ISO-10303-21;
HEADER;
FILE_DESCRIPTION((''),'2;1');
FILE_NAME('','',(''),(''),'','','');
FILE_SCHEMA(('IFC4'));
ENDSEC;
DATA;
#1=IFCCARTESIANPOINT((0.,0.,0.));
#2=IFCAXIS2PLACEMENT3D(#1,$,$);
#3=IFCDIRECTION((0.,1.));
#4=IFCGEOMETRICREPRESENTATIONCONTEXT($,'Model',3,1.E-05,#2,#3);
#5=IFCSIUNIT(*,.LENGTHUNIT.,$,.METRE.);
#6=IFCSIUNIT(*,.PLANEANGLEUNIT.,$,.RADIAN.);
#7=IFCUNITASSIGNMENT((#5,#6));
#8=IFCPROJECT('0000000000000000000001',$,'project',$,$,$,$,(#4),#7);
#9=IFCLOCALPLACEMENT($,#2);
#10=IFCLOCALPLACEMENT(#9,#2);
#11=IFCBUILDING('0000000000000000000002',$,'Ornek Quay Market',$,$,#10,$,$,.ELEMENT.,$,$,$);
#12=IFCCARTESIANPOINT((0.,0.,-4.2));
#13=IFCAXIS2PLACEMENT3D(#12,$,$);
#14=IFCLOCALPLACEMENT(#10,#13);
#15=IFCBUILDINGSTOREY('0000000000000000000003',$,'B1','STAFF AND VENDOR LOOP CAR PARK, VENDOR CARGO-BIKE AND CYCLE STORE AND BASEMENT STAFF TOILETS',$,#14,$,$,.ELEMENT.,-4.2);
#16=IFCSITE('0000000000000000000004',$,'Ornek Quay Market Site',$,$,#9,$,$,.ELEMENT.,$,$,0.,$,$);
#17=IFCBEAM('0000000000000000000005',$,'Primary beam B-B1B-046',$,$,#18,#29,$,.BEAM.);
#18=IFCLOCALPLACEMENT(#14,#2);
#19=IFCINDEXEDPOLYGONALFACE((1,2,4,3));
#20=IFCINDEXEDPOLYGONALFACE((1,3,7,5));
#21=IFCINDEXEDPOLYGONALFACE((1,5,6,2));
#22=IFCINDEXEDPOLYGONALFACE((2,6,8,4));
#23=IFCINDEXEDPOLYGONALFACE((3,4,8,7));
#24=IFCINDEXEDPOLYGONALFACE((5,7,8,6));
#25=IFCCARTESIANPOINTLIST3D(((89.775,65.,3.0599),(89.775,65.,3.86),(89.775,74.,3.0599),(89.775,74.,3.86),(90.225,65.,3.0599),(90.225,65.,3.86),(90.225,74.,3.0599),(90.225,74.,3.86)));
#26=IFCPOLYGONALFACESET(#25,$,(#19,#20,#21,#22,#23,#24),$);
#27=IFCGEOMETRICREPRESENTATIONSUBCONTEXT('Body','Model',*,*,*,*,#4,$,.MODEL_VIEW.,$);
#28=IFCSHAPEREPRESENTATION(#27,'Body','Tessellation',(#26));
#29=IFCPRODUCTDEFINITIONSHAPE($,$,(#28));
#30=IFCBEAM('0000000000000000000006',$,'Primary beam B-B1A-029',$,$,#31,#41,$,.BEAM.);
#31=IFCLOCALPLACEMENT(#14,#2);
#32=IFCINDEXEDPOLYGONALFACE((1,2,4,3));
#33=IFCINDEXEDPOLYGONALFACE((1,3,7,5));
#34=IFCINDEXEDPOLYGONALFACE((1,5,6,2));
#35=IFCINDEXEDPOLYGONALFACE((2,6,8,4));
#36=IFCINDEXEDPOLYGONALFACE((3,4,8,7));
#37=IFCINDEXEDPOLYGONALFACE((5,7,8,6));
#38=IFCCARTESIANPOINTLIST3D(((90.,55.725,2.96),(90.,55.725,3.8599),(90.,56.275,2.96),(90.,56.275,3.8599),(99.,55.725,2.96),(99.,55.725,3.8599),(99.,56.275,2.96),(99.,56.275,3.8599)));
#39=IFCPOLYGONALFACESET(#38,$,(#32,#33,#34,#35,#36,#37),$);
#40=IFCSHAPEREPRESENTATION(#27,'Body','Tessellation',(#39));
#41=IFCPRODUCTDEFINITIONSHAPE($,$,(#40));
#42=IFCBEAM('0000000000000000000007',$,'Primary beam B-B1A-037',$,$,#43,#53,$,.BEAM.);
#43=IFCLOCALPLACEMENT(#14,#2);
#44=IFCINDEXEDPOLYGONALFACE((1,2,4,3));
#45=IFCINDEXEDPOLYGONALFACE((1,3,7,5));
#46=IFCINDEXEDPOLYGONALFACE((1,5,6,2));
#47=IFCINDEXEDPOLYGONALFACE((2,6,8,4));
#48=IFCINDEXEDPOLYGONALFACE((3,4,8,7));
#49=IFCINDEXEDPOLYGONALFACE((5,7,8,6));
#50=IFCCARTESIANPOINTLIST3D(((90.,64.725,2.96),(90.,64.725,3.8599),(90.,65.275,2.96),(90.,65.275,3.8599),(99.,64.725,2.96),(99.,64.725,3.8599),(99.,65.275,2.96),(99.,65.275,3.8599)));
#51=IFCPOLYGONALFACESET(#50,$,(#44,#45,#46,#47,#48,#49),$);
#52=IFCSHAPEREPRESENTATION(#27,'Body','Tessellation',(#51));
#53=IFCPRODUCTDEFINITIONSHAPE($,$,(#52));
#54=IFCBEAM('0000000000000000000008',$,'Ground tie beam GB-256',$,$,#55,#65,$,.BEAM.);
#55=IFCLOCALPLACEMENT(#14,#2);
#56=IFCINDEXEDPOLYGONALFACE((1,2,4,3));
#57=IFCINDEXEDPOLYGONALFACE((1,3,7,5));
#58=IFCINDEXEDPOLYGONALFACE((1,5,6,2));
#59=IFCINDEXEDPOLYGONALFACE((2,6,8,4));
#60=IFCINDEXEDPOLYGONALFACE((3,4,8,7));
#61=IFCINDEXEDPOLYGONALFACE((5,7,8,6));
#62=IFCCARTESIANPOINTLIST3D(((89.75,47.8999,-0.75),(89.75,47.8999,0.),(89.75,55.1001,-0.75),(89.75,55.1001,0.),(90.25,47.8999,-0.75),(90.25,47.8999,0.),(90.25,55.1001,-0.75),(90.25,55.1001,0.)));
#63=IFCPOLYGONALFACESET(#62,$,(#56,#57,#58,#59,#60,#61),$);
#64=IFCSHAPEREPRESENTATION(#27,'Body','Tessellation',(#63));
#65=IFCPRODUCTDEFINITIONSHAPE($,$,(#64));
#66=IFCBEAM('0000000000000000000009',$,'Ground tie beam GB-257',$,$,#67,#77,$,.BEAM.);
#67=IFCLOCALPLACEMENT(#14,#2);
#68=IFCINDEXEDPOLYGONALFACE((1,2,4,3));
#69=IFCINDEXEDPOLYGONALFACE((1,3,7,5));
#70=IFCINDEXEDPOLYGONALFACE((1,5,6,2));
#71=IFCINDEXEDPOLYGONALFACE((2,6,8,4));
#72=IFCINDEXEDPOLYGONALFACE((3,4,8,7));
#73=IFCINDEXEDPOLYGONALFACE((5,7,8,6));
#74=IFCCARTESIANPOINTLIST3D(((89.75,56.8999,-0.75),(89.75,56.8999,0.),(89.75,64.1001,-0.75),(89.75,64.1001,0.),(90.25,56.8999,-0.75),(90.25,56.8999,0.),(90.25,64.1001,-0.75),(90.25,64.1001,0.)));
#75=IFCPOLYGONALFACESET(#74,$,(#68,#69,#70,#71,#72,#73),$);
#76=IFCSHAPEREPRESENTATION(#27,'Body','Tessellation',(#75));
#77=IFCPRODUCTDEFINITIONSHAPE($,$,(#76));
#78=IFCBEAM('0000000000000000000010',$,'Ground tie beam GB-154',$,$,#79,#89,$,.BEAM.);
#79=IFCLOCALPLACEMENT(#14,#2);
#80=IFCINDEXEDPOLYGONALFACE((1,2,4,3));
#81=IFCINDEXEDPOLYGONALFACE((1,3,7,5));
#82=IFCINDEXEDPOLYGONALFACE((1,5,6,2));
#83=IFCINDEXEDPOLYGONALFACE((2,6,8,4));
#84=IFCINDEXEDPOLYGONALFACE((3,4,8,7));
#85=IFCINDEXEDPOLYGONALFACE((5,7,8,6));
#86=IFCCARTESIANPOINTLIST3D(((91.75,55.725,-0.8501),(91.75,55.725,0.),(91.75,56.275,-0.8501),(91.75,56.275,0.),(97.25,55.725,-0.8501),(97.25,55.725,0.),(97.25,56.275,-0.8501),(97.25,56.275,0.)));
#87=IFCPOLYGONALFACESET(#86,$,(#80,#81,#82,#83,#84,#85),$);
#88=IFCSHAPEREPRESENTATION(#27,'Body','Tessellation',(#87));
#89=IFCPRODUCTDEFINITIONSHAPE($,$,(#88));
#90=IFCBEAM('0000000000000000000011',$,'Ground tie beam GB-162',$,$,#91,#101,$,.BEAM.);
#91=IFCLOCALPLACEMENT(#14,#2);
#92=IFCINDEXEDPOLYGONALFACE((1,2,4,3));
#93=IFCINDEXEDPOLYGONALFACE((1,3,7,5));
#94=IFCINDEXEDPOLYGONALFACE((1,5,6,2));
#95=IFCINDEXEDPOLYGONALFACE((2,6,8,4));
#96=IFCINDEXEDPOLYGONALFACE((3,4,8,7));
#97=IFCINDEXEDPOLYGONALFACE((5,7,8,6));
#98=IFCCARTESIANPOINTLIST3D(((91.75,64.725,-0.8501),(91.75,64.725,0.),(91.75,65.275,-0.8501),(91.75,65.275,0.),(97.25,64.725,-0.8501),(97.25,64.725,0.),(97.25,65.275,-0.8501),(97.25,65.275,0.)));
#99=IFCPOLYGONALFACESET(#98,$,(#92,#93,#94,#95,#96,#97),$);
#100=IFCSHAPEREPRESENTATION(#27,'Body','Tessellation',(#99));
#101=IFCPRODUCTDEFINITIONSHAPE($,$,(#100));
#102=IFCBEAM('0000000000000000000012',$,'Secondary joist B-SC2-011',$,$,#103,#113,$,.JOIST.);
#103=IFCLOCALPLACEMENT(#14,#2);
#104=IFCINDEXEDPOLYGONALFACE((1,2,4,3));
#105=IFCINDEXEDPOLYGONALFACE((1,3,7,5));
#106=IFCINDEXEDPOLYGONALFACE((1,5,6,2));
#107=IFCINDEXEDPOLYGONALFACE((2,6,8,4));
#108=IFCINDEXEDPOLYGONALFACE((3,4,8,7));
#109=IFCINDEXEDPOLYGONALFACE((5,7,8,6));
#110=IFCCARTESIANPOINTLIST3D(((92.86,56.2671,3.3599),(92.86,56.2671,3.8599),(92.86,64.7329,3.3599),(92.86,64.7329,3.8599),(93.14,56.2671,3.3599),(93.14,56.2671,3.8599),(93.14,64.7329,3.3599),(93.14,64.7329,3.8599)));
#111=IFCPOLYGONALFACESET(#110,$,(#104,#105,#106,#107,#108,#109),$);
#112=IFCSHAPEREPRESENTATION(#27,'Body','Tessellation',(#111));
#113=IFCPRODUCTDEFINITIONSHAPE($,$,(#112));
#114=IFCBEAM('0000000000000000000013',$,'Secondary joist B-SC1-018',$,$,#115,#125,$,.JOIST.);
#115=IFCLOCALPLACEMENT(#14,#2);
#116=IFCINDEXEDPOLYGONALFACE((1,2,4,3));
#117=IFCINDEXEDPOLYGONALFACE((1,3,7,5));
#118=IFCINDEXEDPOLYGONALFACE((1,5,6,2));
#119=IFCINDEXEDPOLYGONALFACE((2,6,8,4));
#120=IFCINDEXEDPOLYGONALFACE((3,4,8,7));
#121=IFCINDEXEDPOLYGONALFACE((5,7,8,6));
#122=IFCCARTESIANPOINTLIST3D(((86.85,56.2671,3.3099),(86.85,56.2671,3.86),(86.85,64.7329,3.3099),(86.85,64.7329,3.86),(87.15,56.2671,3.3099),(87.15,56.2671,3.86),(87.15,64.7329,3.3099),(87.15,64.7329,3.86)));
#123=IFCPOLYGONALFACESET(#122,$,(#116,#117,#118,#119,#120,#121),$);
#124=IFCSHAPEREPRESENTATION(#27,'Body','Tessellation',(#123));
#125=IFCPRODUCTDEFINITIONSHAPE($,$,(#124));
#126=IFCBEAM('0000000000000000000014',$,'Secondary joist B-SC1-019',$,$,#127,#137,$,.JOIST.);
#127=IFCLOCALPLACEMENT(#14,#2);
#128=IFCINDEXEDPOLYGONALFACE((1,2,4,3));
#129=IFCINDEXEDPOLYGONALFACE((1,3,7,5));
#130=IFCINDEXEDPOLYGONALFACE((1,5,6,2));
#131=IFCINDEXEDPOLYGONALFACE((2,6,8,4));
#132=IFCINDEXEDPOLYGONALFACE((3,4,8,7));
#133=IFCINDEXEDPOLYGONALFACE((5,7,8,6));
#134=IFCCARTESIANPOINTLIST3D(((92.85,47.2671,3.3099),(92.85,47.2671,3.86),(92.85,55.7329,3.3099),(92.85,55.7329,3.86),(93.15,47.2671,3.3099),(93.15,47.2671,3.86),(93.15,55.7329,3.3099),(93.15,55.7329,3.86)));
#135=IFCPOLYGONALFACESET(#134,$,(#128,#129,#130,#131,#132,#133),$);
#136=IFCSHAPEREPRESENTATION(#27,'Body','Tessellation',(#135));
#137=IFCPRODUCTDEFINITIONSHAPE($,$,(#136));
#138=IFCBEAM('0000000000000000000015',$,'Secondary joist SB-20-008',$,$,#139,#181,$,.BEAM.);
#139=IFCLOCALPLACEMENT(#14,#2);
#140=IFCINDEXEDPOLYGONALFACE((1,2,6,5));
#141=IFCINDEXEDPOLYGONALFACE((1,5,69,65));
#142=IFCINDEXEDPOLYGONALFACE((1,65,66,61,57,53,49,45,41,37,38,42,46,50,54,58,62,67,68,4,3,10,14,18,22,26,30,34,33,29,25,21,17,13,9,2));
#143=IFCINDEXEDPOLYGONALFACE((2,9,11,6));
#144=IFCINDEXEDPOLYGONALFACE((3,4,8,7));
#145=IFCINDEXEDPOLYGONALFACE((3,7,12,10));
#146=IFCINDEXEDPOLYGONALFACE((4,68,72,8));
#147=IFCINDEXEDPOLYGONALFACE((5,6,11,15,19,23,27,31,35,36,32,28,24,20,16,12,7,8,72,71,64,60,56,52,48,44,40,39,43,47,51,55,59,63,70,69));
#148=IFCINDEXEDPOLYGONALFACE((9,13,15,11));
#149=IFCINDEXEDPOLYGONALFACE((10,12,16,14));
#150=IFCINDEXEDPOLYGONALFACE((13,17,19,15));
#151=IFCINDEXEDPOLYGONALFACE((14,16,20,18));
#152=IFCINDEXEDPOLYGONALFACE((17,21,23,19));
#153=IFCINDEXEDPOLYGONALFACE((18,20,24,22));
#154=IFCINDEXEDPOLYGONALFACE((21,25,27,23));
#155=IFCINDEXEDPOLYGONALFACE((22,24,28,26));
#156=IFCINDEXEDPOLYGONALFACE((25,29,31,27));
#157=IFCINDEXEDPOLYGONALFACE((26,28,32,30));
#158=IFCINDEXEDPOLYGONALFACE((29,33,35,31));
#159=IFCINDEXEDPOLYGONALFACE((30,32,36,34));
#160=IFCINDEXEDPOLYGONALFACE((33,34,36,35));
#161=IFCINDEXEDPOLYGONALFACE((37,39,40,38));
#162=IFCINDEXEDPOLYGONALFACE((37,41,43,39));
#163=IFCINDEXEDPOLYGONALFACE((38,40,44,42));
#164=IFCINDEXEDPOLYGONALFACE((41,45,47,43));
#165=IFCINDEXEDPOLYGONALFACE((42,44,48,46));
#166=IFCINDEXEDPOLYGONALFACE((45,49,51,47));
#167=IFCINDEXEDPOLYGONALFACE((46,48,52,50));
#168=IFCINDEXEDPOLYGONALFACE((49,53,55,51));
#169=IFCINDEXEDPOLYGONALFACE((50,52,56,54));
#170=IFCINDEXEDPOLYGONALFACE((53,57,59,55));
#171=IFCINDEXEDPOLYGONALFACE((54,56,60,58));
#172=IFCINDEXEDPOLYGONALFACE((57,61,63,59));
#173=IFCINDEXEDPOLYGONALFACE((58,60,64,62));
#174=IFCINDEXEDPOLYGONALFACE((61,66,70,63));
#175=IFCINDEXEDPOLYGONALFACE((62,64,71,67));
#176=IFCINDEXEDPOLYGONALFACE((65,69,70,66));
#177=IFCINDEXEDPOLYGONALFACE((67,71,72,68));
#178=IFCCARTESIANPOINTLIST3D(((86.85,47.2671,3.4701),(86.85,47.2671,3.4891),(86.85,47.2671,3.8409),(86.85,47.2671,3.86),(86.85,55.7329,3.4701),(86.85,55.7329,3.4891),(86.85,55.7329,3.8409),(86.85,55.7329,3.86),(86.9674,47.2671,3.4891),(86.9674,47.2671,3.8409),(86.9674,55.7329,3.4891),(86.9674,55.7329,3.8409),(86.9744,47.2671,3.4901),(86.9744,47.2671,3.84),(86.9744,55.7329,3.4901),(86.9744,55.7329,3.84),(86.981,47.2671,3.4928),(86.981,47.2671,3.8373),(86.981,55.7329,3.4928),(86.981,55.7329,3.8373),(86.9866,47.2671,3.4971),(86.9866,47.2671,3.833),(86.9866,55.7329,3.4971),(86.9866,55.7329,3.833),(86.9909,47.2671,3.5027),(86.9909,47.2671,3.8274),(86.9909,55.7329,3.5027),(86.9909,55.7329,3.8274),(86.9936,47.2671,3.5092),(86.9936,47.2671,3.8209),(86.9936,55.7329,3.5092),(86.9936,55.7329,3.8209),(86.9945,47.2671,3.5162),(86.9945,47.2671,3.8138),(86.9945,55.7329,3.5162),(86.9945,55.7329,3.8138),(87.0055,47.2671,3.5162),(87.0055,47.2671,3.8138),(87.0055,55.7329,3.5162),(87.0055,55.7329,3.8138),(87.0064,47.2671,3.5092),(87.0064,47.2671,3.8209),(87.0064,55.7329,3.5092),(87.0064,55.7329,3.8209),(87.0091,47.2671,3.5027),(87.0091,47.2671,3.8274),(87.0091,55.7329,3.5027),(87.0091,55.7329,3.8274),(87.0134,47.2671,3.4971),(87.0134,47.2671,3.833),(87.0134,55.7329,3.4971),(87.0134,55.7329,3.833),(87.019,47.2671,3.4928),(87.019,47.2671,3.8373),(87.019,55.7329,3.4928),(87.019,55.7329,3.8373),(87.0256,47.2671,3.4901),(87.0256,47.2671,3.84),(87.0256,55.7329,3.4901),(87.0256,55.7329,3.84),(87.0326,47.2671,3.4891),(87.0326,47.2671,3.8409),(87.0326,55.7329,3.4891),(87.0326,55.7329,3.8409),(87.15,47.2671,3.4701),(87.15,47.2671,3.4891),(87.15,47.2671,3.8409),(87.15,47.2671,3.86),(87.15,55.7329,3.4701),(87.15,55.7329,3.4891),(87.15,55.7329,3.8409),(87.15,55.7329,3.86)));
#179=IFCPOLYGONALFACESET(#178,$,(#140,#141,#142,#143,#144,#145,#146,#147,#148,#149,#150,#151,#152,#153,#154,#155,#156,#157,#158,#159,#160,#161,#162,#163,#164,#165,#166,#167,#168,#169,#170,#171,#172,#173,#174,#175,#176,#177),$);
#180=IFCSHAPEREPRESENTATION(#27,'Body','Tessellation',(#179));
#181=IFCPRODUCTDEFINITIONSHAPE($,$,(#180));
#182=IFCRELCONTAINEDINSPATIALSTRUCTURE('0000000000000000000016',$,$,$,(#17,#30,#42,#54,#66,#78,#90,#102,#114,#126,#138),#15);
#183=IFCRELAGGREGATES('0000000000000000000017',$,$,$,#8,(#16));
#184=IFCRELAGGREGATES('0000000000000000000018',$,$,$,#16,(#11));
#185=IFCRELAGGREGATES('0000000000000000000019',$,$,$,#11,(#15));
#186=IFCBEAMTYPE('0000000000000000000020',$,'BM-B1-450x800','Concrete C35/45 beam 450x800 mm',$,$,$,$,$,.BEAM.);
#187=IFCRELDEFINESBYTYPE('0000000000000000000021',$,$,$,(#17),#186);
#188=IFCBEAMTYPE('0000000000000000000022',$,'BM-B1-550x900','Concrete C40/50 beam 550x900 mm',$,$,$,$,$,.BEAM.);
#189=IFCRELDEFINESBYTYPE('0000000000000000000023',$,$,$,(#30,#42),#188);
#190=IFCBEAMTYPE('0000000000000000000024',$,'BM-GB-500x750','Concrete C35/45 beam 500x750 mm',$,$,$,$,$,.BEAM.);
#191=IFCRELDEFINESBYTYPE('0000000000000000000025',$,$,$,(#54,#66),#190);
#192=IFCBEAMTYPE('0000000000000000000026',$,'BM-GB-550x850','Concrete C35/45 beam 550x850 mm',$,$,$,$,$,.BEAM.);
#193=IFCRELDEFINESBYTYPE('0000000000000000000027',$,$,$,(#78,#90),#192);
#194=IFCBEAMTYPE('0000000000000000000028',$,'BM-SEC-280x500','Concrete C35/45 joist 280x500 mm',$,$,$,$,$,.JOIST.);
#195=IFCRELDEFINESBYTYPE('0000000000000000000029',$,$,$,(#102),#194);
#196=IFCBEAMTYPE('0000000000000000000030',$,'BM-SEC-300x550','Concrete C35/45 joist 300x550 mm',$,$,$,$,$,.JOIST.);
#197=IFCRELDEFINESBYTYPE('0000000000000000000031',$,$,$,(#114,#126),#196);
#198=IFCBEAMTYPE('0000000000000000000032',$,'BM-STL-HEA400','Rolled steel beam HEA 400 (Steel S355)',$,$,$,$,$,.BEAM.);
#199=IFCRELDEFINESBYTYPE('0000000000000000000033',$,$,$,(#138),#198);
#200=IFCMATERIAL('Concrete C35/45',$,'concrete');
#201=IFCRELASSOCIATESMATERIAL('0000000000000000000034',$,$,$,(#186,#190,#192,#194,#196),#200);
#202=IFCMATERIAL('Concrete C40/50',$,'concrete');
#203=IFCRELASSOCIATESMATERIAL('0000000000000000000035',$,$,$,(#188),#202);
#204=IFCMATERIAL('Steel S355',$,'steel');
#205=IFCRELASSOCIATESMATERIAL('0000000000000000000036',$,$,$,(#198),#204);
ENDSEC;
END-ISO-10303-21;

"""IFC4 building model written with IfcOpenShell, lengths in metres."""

from ifc_helpers import new_model, si_unit, direction, frame, origin, origin_2d, place, context, subcontext, project, spatial, rectangle, i_section, extrude, material, material_profile, profile_set, type_object, element, save


model = new_model("IFC4")

# Units and contexts
model_context = context("Model", 3, precision=1e-05, world=origin(), true_north=direction((0.0, 1.0)))
body_context = subcontext(model_context, "Body", "Model", "MODEL_VIEW")
ifc_project = project(units=[si_unit("LENGTHUNIT", "METRE"), si_unit("PLANEANGLEUNIT", "RADIAN")], contexts=[model_context])

# Site, building, storey
site_placement = place(None, origin())
site = spatial("IfcSite", under=ifc_project, at=site_placement, Name="Ornek Quay Market Site", CompositionType="ELEMENT", RefElevation=0.0)
building_placement = place(site_placement, origin())
building = spatial("IfcBuilding", under=site, at=building_placement, Name="Ornek Quay Market", CompositionType="ELEMENT")
storey_placement = place(building_placement, frame((0.0, 0.0, -4.2)))
storey = spatial("IfcBuildingStorey", under=building, at=storey_placement, Name="B1", Description="STAFF AND VENDOR LOOP CAR PARK, VENDOR CARGO-BIKE AND CYCLE STORE AND BASEMENT STAFF TOILETS", CompositionType="ELEMENT", Elevation=-4.2)

# Shared definitions
ifc_material_1 = material(Name="Concrete C35/45", Category="concrete")

# Shared definitions
ifc_material_2 = material(Name="Concrete C40/50", Category="concrete")

# Beams
ifc_material_profile_1 = material_profile(ifc_material_1, rectangle(XDim=0.45, YDim=0.8, at=origin_2d()), Name="RC 450x800", Category="concrete")
ifc_profile_set_1 = profile_set([ifc_material_profile_1], Name="Concrete C35/45")
beam_type_1 = type_object("IfcBeamType", Name="BM-B1-450x800", Description="Concrete C35/45 beam 450x800 mm", PredefinedType="BEAM", material=ifc_profile_set_1)
for number, where, z_axis, x_axis, name in (
    (1, (90.0, 65.0, 3.46), (0.0, 1.0, 0.0), (-1.0, 0.0, 0.0), "Primary beam B-B1B-046"),
):
    element("IfcBeam", number, at=place(storey_placement, frame(where, z_axis=z_axis, x_axis=x_axis)), inside=storey, type_object=beam_type_1, Name=name, PredefinedType="BEAM", context=body_context, shape_type="SweptSolid", body=[
        extrude(rectangle(XDim=0.45, YDim=0.8, at=origin_2d()), origin(), (0.0, 0.0, 1.0), 9.0),
    ])
ifc_material_profile_2 = material_profile(ifc_material_2, rectangle(XDim=0.55, YDim=0.8999, at=origin_2d()), Name="RC 550x900", Category="concrete")
ifc_profile_set_2 = profile_set([ifc_material_profile_2], Name="Concrete C40/50")
beam_type_2 = type_object("IfcBeamType", Name="BM-B1-550x900", Description="Concrete C40/50 beam 550x900 mm", PredefinedType="BEAM", material=ifc_profile_set_2)
for number, where, z_axis, x_axis, name in (
    (2, (90.0, 56.0, 3.4099), (1.0, 0.0, 0.0), (0.0, 1.0, 0.0), "Primary beam B-B1A-029"),
    (3, (90.0, 65.0, 3.4099), (1.0, 0.0, 0.0), (0.0, 1.0, 0.0), "Primary beam B-B1A-037"),
):
    element("IfcBeam", number, at=place(storey_placement, frame(where, z_axis=z_axis, x_axis=x_axis)), inside=storey, type_object=beam_type_2, Name=name, PredefinedType="BEAM", context=body_context, shape_type="SweptSolid", body=[
        extrude(rectangle(XDim=0.55, YDim=0.8999, at=origin_2d()), origin(), (0.0, 0.0, 1.0), 9.0),
    ])
ifc_material_profile_3 = material_profile(ifc_material_1, rectangle(XDim=0.5, YDim=0.75, at=origin_2d()), Name="RC 500x750", Category="concrete")
ifc_profile_set_3 = profile_set([ifc_material_profile_3], Name="Concrete C35/45")
beam_type_3 = type_object("IfcBeamType", Name="BM-GB-500x750", Description="Concrete C35/45 beam 500x750 mm", PredefinedType="BEAM", material=ifc_profile_set_3)
for number, where, z_axis, x_axis, name in (
    (4, (90.0, 47.8999, -0.375), (0.0, 1.0, 0.0), (-1.0, 0.0, 0.0), "Ground tie beam GB-256"),
    (5, (90.0, 56.8999, -0.375), (0.0, 1.0, 0.0), (-1.0, 0.0, 0.0), "Ground tie beam GB-257"),
):
    element("IfcBeam", number, at=place(storey_placement, frame(where, z_axis=z_axis, x_axis=x_axis)), inside=storey, type_object=beam_type_3, Name=name, PredefinedType="BEAM", context=body_context, shape_type="SweptSolid", body=[
        extrude(rectangle(XDim=0.5, YDim=0.75, at=origin_2d()), origin(), (0.0, 0.0, 1.0), 7.2002),
    ])
ifc_material_profile_4 = material_profile(ifc_material_1, rectangle(XDim=0.55, YDim=0.8501, at=origin_2d()), Name="RC 550x850", Category="concrete")
ifc_profile_set_4 = profile_set([ifc_material_profile_4], Name="Concrete C35/45")
beam_type_4 = type_object("IfcBeamType", Name="BM-GB-550x850", Description="Concrete C35/45 beam 550x850 mm", PredefinedType="BEAM", material=ifc_profile_set_4)
for number, where, z_axis, x_axis, name in (
    (6, (91.75, 56.0, -0.425), (1.0, 0.0, 0.0), (0.0, 1.0, 0.0), "Ground tie beam GB-154"),
    (7, (91.75, 65.0, -0.425), (1.0, 0.0, 0.0), (0.0, 1.0, 0.0), "Ground tie beam GB-162"),
):
    element("IfcBeam", number, at=place(storey_placement, frame(where, z_axis=z_axis, x_axis=x_axis)), inside=storey, type_object=beam_type_4, Name=name, PredefinedType="BEAM", context=body_context, shape_type="SweptSolid", body=[
        extrude(rectangle(XDim=0.55, YDim=0.8501, at=origin_2d()), origin(), (0.0, 0.0, 1.0), 5.5),
    ])
ifc_material_profile_5 = material_profile(ifc_material_1, rectangle(XDim=0.28, YDim=0.5, at=origin_2d()), Name="RC 280x500", Category="concrete")
ifc_profile_set_5 = profile_set([ifc_material_profile_5], Name="Concrete C35/45")
beam_type_5 = type_object("IfcBeamType", Name="BM-SEC-280x500", Description="Concrete C35/45 joist 280x500 mm", PredefinedType="JOIST", material=ifc_profile_set_5)
beam_1_placement = place(storey_placement, frame((93.0, 56.2671, 3.6099), z_axis=(0.0, 1.0, 0.0), x_axis=(-1.0, 0.0, 0.0)))
element("IfcBeam", 8, at=beam_1_placement, inside=storey, type_object=beam_type_5, Name="Secondary joist B-SC2-011", PredefinedType="JOIST", context=body_context, shape_type="SweptSolid", body=[
    extrude(rectangle(XDim=0.28, YDim=0.5, at=origin_2d()), origin(), (0.0, 0.0, 1.0), 8.4658),
])
ifc_material_profile_6 = material_profile(ifc_material_1, rectangle(XDim=0.3, YDim=0.55, at=origin_2d()), Name="RC 300x550", Category="concrete")
ifc_profile_set_6 = profile_set([ifc_material_profile_6], Name="Concrete C35/45")
beam_type_6 = type_object("IfcBeamType", Name="BM-SEC-300x550", Description="Concrete C35/45 joist 300x550 mm", PredefinedType="JOIST", material=ifc_profile_set_6)
for number, where, z_axis, x_axis, name in (
    (9, (87.0, 56.2671, 3.585), (0.0, 1.0, 0.0), (-1.0, 0.0, 0.0), "Secondary joist B-SC1-018"),
    (10, (93.0, 47.2671, 3.585), (0.0, 1.0, 0.0), (-1.0, 0.0, 0.0), "Secondary joist B-SC1-019"),
):
    element("IfcBeam", number, at=place(storey_placement, frame(where, z_axis=z_axis, x_axis=x_axis)), inside=storey, type_object=beam_type_6, Name=name, PredefinedType="JOIST", context=body_context, shape_type="SweptSolid", body=[
        extrude(rectangle(XDim=0.3, YDim=0.55, at=origin_2d()), origin(), (0.0, 0.0, 1.0), 8.4658),
    ])
ifc_material_3 = material(Name="Steel S355", Category="steel")
ifc_material_profile_7 = material_profile(ifc_material_3, i_section(OverallWidth=0.3, OverallDepth=0.3899, WebThickness=0.011, FlangeThickness=0.019, FilletRadius=0.0271, at=origin_2d()), Name="HEA 400", Category="steel")
ifc_profile_set_7 = profile_set([ifc_material_profile_7], Name="Steel S355")
beam_type_7 = type_object("IfcBeamType", Name="BM-STL-HEA400", Description="Rolled steel beam HEA 400 (Steel S355)", PredefinedType="BEAM", material=ifc_profile_set_7)
beam_2_placement = place(storey_placement, frame((87.0, 47.2671, 3.665), z_axis=(0.0, 1.0, 0.0), x_axis=(-1.0, 0.0, 0.0)))
element("IfcBeam", 11, at=beam_2_placement, inside=storey, type_object=beam_type_7, Name="Secondary joist SB-20-008", PredefinedType="BEAM", context=body_context, shape_type="SweptSolid", body=[
    extrude(i_section(OverallWidth=0.3, OverallDepth=0.3899, WebThickness=0.011, FlangeThickness=0.019, FilletRadius=0.0271, at=origin_2d()), origin(), (0.0, 0.0, 1.0), 8.4658),
])

save(model, "model.ifc")
